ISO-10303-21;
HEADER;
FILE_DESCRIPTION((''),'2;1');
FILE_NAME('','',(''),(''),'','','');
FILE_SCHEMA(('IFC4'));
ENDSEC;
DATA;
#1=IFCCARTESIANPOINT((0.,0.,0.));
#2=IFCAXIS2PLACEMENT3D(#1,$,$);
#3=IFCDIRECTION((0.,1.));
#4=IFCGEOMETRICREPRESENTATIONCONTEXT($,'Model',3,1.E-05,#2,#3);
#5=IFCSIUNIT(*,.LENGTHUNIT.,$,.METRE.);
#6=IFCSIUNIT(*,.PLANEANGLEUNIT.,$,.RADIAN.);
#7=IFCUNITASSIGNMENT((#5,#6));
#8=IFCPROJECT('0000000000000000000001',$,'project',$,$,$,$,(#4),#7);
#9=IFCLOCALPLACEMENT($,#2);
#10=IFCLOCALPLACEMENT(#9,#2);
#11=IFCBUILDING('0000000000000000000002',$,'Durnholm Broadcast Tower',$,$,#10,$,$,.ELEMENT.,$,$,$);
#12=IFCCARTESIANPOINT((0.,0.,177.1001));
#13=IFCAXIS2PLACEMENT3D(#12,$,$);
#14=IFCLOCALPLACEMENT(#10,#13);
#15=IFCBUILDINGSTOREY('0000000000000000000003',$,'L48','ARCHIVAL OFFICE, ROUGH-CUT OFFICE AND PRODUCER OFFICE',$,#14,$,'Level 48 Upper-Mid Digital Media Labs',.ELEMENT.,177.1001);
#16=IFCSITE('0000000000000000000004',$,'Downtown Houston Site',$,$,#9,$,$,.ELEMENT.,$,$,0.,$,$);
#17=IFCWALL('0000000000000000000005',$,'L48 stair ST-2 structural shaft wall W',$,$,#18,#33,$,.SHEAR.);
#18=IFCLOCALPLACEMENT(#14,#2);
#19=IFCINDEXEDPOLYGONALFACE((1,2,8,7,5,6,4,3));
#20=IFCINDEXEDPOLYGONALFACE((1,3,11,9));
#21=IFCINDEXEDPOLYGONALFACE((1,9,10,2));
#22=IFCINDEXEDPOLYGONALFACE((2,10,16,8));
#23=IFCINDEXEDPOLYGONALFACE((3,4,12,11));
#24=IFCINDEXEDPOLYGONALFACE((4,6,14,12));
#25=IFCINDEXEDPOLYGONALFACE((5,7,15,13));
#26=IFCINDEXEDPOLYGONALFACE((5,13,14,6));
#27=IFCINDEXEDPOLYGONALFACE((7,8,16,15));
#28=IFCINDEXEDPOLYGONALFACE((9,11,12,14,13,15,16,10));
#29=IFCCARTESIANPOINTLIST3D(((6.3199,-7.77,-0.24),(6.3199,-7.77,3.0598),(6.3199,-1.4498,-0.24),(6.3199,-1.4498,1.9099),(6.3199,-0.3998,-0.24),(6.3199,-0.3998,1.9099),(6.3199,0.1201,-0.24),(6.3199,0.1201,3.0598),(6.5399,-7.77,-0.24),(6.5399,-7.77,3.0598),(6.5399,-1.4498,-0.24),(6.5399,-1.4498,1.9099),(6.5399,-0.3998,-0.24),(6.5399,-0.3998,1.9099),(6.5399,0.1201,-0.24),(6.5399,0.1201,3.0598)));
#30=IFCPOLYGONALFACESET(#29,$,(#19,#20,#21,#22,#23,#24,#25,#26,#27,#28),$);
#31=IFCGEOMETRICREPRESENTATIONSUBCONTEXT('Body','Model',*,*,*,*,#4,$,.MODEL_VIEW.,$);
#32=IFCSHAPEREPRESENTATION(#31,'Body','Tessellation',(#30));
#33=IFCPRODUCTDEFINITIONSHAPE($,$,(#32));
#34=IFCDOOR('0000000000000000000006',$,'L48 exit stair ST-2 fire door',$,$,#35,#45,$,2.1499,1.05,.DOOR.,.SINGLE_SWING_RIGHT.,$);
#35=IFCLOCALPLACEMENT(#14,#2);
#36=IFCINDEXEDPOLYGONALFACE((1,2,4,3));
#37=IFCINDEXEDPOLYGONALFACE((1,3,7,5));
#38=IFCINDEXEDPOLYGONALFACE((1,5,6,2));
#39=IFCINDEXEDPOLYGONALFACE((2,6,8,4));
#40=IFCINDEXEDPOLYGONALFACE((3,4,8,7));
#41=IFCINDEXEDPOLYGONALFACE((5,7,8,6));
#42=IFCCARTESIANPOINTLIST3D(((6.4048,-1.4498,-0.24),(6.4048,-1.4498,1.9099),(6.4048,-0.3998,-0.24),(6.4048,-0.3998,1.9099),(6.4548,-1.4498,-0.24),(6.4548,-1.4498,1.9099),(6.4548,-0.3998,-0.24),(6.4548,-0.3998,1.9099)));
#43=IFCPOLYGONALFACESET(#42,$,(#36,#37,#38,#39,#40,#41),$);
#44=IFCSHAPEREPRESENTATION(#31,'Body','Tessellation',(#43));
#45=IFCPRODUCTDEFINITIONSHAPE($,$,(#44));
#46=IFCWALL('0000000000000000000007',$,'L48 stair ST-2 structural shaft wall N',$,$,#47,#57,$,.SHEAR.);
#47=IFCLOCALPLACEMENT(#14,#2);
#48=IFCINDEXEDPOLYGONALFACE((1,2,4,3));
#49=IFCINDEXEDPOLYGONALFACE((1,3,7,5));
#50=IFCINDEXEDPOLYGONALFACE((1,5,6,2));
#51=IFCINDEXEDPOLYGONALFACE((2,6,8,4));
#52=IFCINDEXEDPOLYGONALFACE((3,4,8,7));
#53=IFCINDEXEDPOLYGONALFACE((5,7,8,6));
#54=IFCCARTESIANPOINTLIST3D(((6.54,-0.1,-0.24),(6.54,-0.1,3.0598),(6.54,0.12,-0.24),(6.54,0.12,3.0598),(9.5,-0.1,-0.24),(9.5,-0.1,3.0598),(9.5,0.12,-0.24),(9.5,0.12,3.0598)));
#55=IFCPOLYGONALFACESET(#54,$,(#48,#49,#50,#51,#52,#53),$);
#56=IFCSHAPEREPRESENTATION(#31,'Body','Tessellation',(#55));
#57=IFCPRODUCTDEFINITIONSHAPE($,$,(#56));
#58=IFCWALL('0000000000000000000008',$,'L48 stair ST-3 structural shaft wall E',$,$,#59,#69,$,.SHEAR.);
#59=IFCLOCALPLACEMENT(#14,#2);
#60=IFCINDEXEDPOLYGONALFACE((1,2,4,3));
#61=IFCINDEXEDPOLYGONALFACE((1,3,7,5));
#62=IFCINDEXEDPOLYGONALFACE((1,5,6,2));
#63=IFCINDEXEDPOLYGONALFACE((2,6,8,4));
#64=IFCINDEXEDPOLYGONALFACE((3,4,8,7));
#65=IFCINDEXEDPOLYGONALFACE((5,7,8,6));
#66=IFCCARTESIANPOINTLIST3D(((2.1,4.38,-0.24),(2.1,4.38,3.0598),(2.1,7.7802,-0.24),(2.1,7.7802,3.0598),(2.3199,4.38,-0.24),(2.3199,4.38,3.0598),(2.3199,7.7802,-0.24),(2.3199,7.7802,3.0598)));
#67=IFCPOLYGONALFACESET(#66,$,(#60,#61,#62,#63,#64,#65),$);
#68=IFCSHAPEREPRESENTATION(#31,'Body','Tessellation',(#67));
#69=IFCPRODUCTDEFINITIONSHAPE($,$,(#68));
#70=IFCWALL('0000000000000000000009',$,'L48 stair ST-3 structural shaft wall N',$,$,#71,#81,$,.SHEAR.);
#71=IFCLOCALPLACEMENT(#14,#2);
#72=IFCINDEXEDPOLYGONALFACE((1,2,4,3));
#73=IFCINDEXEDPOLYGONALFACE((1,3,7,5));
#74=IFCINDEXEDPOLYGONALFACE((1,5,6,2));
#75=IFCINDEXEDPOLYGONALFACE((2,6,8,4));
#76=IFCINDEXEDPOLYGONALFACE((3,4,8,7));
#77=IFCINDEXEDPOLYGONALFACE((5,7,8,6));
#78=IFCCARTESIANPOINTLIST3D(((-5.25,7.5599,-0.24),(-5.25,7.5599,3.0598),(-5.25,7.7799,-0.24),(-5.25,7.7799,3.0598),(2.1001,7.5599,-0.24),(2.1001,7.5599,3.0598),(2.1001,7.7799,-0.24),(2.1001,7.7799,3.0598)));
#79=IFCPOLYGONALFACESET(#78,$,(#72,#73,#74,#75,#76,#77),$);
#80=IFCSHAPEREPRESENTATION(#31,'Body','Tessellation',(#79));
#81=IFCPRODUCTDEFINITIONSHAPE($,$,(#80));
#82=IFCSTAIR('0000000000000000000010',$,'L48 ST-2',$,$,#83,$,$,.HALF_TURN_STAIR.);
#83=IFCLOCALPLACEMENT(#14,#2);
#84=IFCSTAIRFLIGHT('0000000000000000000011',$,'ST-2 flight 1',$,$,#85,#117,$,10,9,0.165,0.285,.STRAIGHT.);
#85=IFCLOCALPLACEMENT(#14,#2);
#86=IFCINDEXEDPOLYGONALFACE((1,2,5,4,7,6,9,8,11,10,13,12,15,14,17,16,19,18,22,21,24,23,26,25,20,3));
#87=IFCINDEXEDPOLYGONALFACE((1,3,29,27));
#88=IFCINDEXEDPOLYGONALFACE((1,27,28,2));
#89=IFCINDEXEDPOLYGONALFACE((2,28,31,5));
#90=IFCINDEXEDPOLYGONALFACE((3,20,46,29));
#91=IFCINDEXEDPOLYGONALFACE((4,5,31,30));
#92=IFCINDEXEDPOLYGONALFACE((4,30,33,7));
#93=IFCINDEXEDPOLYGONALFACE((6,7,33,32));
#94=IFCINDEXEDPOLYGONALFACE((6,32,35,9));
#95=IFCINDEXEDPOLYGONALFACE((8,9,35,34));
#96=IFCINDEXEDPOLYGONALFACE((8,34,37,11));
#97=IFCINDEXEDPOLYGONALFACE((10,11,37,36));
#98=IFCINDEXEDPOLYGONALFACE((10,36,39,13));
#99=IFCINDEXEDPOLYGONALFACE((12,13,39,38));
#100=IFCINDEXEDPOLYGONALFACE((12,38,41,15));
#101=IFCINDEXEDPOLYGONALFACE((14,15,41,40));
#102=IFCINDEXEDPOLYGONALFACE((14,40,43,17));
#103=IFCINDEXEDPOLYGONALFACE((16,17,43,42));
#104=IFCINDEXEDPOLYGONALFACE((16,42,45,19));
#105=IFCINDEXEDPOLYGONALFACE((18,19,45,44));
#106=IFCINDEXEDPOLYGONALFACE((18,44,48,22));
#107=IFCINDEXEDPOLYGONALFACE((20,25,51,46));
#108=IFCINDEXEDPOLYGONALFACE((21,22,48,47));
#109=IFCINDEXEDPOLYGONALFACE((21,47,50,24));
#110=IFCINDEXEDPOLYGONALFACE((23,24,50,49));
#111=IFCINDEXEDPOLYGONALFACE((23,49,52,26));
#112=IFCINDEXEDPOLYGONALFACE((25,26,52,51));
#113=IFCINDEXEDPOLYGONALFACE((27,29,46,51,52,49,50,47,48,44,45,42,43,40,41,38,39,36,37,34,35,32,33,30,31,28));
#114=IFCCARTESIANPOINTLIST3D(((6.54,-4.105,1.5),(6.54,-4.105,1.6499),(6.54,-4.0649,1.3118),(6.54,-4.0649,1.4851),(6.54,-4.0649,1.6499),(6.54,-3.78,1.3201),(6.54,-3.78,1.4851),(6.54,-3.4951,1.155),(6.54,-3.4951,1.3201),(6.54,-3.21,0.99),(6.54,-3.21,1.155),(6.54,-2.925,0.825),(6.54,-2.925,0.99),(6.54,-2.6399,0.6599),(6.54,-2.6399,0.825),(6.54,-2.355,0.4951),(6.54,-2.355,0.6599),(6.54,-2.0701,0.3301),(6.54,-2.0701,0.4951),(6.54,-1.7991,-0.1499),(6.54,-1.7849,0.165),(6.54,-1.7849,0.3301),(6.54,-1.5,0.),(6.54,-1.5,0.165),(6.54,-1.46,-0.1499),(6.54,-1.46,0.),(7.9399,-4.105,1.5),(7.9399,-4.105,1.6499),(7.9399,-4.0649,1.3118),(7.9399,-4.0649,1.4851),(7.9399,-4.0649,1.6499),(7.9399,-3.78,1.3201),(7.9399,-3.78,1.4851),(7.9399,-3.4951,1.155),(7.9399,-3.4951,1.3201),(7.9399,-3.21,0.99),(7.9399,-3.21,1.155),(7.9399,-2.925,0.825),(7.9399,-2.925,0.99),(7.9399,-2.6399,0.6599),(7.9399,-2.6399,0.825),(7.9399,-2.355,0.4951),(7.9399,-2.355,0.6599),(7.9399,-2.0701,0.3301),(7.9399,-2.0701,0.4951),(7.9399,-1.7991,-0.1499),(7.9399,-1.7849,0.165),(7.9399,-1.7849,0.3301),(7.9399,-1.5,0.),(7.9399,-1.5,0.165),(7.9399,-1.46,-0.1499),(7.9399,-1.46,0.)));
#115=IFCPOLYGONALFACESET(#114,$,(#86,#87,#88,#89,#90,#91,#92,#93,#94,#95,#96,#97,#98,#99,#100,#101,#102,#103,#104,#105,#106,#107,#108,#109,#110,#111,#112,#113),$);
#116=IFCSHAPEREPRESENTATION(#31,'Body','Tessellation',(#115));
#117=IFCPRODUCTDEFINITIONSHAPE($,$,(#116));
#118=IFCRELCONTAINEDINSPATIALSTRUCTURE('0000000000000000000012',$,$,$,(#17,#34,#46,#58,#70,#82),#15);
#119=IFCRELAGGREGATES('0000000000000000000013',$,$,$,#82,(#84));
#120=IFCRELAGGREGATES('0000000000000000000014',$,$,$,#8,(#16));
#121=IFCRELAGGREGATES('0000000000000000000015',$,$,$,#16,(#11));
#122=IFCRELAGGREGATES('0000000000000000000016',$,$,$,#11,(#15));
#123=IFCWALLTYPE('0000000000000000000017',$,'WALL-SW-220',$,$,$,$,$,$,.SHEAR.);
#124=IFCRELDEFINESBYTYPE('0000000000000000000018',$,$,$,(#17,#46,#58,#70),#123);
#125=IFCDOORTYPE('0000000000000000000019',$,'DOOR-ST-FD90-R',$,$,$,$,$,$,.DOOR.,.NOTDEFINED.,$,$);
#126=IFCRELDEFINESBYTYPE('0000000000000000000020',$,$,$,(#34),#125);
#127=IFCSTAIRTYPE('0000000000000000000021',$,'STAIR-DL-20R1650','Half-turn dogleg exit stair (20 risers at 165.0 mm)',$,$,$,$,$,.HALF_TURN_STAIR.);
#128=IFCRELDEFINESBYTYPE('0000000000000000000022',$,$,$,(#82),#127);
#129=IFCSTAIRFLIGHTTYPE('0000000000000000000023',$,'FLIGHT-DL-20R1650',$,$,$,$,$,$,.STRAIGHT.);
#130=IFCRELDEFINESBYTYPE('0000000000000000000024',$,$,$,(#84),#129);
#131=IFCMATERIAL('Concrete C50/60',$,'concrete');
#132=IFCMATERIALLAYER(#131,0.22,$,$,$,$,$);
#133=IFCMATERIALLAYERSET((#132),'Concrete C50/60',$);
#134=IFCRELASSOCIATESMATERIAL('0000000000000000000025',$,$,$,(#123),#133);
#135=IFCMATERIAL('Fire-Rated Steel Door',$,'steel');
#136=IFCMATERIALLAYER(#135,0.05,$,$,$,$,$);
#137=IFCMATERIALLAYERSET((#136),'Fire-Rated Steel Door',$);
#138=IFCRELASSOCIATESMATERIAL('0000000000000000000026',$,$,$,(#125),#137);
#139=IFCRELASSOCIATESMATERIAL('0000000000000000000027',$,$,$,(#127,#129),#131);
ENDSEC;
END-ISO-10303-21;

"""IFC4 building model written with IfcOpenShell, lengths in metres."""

from ifc_helpers import new_model, si_unit, direction, frame, frame_2d, origin, place, context, subcontext, project, spatial, polyline, rectangle, outline, extrude, source, transform, mapped, material, layer, layer_set, type_object, type_shapes, element, fill, aggregate, save


model = new_model("IFC4")

# Units and contexts
model_context = context("Model", 3, precision=1e-05, world=origin(), true_north=direction((0.0, 1.0)))
body_context = subcontext(model_context, "Body", "Model", "MODEL_VIEW")
ifc_project = project(units=[si_unit("LENGTHUNIT", "METRE"), si_unit("PLANEANGLEUNIT", "RADIAN")], contexts=[model_context])

# Site, building, storey
site_placement = place(None, origin())
site = spatial("IfcSite", under=ifc_project, at=site_placement, Name="Downtown Houston Site", CompositionType="ELEMENT", RefElevation=0.0)
building_placement = place(site_placement, origin())
building = spatial("IfcBuilding", under=site, at=building_placement, Name="Durnholm Broadcast Tower", CompositionType="ELEMENT")
storey_placement = place(building_placement, frame((0.0, 0.0, 177.1001)))
storey = spatial("IfcBuildingStorey", under=building, at=storey_placement, Name="L48", Description="ARCHIVAL OFFICE, ROUGH-CUT OFFICE AND PRODUCER OFFICE", LongName="Level 48 Upper-Mid Digital Media Labs", CompositionType="ELEMENT", Elevation=177.1001)

# Wall, opening, door
ifc_material_1 = material(Name="Concrete C50/60", Category="concrete")
ifc_layer_1 = layer(ifc_material_1, 0.22)
ifc_layer_set_1 = layer_set([ifc_layer_1], Name="Concrete C50/60")
wall_type_1 = type_object("IfcWallType", Name="WALL-SW-220", PredefinedType="SHEAR", material=ifc_layer_set_1)
wall_1_placement = place(storey_placement, frame((6.4299, 0.1201, -0.24), z_axis=(0.0, 0.0, 1.0), x_axis=(0.0, -1.0, 0.0)))
wall_1 = element("IfcWall", 1, at=wall_1_placement, inside=storey, type_object=wall_type_1, Name="L48 stair ST-2 structural shaft wall W", PredefinedType="SHEAR", context=body_context, shape_type="SweptSolid", body=[
    extrude(rectangle(XDim=7.8901, YDim=0.22, at=frame_2d((3.9451, 0.0))), origin(), (0.0, 0.0, 1.0), 3.2998),
])
opening_1_placement = place(wall_1_placement, frame((0.52, 0.0, 0.0)))
opening_1 = element("IfcOpeningElement", 2, at=opening_1_placement, cuts=wall_1, PredefinedType="OPENING", context=body_context, shape_type="SweptSolid", body=[
    extrude(rectangle(XDim=1.05, YDim=2.1499, at=frame_2d((0.5249, 1.075))), frame((0.0, 0.1201, 0.0), z_axis=(0.0, -1.0, 0.0), x_axis=(1.0, 0.0, 0.0)), (0.0, 0.0, 1.0), 0.24),
])
ifc_material_2 = material(Name="Fire-Rated Steel Door", Category="steel")
ifc_layer_2 = layer(ifc_material_2, 0.05)
ifc_layer_set_2 = layer_set([ifc_layer_2], Name="Fire-Rated Steel Door")
door_type_1 = type_object("IfcDoorType", Name="DOOR-ST-FD90-R", OperationType="NOTDEFINED", PredefinedType="DOOR", material=ifc_layer_set_2)
shared_shape_1 = source(origin(), body_context, "Body", "SweptSolid", [
    extrude(rectangle(XDim=1.05, YDim=2.1499, at=frame_2d((0.5249, 1.075))), frame((0.0, 0.0249, 0.0), z_axis=(0.0, -1.0, 0.0), x_axis=(1.0, 0.0, 0.0)), (0.0, 0.0, 1.0), 0.05),
])
type_shapes(door_type_1, [shared_shape_1])
door_1_placement = place(opening_1_placement, origin())
door_1 = element("IfcDoor", 3, at=door_1_placement, inside=storey, type_object=door_type_1, Name="L48 exit stair ST-2 fire door", OperationType="SINGLE_SWING_RIGHT", OverallHeight=2.1499, OverallWidth=1.05, PredefinedType="DOOR", context=body_context, shape_type="MappedRepresentation", body=[
    mapped(shared_shape_1, transform((0.0, 0.0, 0.0), x_axis=(1.0, 0.0, 0.0), y_axis=(0.0, 1.0, 0.0), z_axis=(0.0, 0.0, 1.0), scale=1.0)),
])
fill(opening_1, door_1)

# Walls
wall_2_placement = place(storey_placement, frame((9.5, 0.01, -0.24), z_axis=(0.0, 0.0, 1.0), x_axis=(-1.0, 0.0, 0.0)))
element("IfcWall", 4, at=wall_2_placement, inside=storey, type_object=wall_type_1, Name="L48 stair ST-2 structural shaft wall N", PredefinedType="SHEAR", context=body_context, shape_type="SweptSolid", body=[
    extrude(rectangle(XDim=2.96, YDim=0.22, at=frame_2d((1.48, 0.0))), origin(), (0.0, 0.0, 1.0), 3.2998),
])
wall_3_placement = place(storey_placement, frame((2.21, 4.3799, -0.24), z_axis=(0.0, 0.0, 1.0), x_axis=(0.0, 1.0, 0.0)))
element("IfcWall", 5, at=wall_3_placement, inside=storey, type_object=wall_type_1, Name="L48 stair ST-3 structural shaft wall E", PredefinedType="SHEAR", context=body_context, shape_type="SweptSolid", body=[
    extrude(rectangle(XDim=3.4001, YDim=0.22, at=frame_2d((1.7002, 0.0))), origin(), (0.0, 0.0, 1.0), 3.2998),
])
wall_4_placement = place(storey_placement, frame((2.1001, 7.6699, -0.24), z_axis=(0.0, 0.0, 1.0), x_axis=(-1.0, 0.0, 0.0)))
element("IfcWall", 6, at=wall_4_placement, inside=storey, type_object=wall_type_1, Name="L48 stair ST-3 structural shaft wall N", PredefinedType="SHEAR", context=body_context, shape_type="SweptSolid", body=[
    extrude(rectangle(XDim=7.3501, YDim=0.22, at=frame_2d((3.675, 0.0))), origin(), (0.0, 0.0, 1.0), 3.2998),
])

# Stair, stair flight
stair_type = type_object("IfcStairType", Name="STAIR-DL-20R1650", Description="Half-turn dogleg exit stair (20 risers at 165.0 mm)", PredefinedType="HALF_TURN_STAIR", material=ifc_material_1)
stair_placement = place(storey_placement, origin())
stair = element("IfcStair", 7, at=stair_placement, inside=storey, type_object=stair_type, Name="L48 ST-2", PredefinedType="HALF_TURN_STAIR")
stair_flight_type = type_object("IfcStairFlightType", Name="FLIGHT-DL-20R1650", PredefinedType="STRAIGHT", material=ifc_material_1)
stair_flight_placement = place(storey_placement, frame((7.24, -1.5, 0.0), z_axis=(0.0, 0.0, 1.0), x_axis=(0.0, -1.0, 0.0)))
stair_flight = element("IfcStairFlight", 8, at=stair_flight_placement, type_object=stair_flight_type, Name="ST-2 flight 1", NumberOfRisers=10, NumberOfTreads=9, PredefinedType="STRAIGHT", RiserHeight=0.165, TreadLength=0.285, context=body_context, shape_type="SweptSolid", body=[
    extrude(outline(polyline([(-0.04, -0.1499), (-0.04, 0.0), (0.0, 0.0), (0.0, 0.165), (0.2849, 0.165), (0.2849, 0.3301), (0.5701, 0.3301), (0.5701, 0.4951), (0.855, 0.4951), (0.855, 0.6599), (1.1399, 0.6599), (1.1399, 0.825), (1.425, 0.825), (1.425, 0.99), (1.71, 0.99), (1.71, 1.155), (1.9951, 1.155), (1.9951, 1.3201), (2.28, 1.3201), (2.28, 1.4851), (2.5649, 1.4851), (2.5649, 1.6499), (2.605, 1.6499), (2.605, 1.5), (2.5649, 1.3118), (0.2991, -0.1499), (-0.04, -0.1499)])), frame((0.0, 0.7, 0.0), z_axis=(0.0, -1.0, 0.0), x_axis=(1.0, 0.0, 0.0)), (0.0, 0.0, 1.0), 1.3999),
])
aggregate(stair, [stair_flight])

save(model, "model.ifc")
